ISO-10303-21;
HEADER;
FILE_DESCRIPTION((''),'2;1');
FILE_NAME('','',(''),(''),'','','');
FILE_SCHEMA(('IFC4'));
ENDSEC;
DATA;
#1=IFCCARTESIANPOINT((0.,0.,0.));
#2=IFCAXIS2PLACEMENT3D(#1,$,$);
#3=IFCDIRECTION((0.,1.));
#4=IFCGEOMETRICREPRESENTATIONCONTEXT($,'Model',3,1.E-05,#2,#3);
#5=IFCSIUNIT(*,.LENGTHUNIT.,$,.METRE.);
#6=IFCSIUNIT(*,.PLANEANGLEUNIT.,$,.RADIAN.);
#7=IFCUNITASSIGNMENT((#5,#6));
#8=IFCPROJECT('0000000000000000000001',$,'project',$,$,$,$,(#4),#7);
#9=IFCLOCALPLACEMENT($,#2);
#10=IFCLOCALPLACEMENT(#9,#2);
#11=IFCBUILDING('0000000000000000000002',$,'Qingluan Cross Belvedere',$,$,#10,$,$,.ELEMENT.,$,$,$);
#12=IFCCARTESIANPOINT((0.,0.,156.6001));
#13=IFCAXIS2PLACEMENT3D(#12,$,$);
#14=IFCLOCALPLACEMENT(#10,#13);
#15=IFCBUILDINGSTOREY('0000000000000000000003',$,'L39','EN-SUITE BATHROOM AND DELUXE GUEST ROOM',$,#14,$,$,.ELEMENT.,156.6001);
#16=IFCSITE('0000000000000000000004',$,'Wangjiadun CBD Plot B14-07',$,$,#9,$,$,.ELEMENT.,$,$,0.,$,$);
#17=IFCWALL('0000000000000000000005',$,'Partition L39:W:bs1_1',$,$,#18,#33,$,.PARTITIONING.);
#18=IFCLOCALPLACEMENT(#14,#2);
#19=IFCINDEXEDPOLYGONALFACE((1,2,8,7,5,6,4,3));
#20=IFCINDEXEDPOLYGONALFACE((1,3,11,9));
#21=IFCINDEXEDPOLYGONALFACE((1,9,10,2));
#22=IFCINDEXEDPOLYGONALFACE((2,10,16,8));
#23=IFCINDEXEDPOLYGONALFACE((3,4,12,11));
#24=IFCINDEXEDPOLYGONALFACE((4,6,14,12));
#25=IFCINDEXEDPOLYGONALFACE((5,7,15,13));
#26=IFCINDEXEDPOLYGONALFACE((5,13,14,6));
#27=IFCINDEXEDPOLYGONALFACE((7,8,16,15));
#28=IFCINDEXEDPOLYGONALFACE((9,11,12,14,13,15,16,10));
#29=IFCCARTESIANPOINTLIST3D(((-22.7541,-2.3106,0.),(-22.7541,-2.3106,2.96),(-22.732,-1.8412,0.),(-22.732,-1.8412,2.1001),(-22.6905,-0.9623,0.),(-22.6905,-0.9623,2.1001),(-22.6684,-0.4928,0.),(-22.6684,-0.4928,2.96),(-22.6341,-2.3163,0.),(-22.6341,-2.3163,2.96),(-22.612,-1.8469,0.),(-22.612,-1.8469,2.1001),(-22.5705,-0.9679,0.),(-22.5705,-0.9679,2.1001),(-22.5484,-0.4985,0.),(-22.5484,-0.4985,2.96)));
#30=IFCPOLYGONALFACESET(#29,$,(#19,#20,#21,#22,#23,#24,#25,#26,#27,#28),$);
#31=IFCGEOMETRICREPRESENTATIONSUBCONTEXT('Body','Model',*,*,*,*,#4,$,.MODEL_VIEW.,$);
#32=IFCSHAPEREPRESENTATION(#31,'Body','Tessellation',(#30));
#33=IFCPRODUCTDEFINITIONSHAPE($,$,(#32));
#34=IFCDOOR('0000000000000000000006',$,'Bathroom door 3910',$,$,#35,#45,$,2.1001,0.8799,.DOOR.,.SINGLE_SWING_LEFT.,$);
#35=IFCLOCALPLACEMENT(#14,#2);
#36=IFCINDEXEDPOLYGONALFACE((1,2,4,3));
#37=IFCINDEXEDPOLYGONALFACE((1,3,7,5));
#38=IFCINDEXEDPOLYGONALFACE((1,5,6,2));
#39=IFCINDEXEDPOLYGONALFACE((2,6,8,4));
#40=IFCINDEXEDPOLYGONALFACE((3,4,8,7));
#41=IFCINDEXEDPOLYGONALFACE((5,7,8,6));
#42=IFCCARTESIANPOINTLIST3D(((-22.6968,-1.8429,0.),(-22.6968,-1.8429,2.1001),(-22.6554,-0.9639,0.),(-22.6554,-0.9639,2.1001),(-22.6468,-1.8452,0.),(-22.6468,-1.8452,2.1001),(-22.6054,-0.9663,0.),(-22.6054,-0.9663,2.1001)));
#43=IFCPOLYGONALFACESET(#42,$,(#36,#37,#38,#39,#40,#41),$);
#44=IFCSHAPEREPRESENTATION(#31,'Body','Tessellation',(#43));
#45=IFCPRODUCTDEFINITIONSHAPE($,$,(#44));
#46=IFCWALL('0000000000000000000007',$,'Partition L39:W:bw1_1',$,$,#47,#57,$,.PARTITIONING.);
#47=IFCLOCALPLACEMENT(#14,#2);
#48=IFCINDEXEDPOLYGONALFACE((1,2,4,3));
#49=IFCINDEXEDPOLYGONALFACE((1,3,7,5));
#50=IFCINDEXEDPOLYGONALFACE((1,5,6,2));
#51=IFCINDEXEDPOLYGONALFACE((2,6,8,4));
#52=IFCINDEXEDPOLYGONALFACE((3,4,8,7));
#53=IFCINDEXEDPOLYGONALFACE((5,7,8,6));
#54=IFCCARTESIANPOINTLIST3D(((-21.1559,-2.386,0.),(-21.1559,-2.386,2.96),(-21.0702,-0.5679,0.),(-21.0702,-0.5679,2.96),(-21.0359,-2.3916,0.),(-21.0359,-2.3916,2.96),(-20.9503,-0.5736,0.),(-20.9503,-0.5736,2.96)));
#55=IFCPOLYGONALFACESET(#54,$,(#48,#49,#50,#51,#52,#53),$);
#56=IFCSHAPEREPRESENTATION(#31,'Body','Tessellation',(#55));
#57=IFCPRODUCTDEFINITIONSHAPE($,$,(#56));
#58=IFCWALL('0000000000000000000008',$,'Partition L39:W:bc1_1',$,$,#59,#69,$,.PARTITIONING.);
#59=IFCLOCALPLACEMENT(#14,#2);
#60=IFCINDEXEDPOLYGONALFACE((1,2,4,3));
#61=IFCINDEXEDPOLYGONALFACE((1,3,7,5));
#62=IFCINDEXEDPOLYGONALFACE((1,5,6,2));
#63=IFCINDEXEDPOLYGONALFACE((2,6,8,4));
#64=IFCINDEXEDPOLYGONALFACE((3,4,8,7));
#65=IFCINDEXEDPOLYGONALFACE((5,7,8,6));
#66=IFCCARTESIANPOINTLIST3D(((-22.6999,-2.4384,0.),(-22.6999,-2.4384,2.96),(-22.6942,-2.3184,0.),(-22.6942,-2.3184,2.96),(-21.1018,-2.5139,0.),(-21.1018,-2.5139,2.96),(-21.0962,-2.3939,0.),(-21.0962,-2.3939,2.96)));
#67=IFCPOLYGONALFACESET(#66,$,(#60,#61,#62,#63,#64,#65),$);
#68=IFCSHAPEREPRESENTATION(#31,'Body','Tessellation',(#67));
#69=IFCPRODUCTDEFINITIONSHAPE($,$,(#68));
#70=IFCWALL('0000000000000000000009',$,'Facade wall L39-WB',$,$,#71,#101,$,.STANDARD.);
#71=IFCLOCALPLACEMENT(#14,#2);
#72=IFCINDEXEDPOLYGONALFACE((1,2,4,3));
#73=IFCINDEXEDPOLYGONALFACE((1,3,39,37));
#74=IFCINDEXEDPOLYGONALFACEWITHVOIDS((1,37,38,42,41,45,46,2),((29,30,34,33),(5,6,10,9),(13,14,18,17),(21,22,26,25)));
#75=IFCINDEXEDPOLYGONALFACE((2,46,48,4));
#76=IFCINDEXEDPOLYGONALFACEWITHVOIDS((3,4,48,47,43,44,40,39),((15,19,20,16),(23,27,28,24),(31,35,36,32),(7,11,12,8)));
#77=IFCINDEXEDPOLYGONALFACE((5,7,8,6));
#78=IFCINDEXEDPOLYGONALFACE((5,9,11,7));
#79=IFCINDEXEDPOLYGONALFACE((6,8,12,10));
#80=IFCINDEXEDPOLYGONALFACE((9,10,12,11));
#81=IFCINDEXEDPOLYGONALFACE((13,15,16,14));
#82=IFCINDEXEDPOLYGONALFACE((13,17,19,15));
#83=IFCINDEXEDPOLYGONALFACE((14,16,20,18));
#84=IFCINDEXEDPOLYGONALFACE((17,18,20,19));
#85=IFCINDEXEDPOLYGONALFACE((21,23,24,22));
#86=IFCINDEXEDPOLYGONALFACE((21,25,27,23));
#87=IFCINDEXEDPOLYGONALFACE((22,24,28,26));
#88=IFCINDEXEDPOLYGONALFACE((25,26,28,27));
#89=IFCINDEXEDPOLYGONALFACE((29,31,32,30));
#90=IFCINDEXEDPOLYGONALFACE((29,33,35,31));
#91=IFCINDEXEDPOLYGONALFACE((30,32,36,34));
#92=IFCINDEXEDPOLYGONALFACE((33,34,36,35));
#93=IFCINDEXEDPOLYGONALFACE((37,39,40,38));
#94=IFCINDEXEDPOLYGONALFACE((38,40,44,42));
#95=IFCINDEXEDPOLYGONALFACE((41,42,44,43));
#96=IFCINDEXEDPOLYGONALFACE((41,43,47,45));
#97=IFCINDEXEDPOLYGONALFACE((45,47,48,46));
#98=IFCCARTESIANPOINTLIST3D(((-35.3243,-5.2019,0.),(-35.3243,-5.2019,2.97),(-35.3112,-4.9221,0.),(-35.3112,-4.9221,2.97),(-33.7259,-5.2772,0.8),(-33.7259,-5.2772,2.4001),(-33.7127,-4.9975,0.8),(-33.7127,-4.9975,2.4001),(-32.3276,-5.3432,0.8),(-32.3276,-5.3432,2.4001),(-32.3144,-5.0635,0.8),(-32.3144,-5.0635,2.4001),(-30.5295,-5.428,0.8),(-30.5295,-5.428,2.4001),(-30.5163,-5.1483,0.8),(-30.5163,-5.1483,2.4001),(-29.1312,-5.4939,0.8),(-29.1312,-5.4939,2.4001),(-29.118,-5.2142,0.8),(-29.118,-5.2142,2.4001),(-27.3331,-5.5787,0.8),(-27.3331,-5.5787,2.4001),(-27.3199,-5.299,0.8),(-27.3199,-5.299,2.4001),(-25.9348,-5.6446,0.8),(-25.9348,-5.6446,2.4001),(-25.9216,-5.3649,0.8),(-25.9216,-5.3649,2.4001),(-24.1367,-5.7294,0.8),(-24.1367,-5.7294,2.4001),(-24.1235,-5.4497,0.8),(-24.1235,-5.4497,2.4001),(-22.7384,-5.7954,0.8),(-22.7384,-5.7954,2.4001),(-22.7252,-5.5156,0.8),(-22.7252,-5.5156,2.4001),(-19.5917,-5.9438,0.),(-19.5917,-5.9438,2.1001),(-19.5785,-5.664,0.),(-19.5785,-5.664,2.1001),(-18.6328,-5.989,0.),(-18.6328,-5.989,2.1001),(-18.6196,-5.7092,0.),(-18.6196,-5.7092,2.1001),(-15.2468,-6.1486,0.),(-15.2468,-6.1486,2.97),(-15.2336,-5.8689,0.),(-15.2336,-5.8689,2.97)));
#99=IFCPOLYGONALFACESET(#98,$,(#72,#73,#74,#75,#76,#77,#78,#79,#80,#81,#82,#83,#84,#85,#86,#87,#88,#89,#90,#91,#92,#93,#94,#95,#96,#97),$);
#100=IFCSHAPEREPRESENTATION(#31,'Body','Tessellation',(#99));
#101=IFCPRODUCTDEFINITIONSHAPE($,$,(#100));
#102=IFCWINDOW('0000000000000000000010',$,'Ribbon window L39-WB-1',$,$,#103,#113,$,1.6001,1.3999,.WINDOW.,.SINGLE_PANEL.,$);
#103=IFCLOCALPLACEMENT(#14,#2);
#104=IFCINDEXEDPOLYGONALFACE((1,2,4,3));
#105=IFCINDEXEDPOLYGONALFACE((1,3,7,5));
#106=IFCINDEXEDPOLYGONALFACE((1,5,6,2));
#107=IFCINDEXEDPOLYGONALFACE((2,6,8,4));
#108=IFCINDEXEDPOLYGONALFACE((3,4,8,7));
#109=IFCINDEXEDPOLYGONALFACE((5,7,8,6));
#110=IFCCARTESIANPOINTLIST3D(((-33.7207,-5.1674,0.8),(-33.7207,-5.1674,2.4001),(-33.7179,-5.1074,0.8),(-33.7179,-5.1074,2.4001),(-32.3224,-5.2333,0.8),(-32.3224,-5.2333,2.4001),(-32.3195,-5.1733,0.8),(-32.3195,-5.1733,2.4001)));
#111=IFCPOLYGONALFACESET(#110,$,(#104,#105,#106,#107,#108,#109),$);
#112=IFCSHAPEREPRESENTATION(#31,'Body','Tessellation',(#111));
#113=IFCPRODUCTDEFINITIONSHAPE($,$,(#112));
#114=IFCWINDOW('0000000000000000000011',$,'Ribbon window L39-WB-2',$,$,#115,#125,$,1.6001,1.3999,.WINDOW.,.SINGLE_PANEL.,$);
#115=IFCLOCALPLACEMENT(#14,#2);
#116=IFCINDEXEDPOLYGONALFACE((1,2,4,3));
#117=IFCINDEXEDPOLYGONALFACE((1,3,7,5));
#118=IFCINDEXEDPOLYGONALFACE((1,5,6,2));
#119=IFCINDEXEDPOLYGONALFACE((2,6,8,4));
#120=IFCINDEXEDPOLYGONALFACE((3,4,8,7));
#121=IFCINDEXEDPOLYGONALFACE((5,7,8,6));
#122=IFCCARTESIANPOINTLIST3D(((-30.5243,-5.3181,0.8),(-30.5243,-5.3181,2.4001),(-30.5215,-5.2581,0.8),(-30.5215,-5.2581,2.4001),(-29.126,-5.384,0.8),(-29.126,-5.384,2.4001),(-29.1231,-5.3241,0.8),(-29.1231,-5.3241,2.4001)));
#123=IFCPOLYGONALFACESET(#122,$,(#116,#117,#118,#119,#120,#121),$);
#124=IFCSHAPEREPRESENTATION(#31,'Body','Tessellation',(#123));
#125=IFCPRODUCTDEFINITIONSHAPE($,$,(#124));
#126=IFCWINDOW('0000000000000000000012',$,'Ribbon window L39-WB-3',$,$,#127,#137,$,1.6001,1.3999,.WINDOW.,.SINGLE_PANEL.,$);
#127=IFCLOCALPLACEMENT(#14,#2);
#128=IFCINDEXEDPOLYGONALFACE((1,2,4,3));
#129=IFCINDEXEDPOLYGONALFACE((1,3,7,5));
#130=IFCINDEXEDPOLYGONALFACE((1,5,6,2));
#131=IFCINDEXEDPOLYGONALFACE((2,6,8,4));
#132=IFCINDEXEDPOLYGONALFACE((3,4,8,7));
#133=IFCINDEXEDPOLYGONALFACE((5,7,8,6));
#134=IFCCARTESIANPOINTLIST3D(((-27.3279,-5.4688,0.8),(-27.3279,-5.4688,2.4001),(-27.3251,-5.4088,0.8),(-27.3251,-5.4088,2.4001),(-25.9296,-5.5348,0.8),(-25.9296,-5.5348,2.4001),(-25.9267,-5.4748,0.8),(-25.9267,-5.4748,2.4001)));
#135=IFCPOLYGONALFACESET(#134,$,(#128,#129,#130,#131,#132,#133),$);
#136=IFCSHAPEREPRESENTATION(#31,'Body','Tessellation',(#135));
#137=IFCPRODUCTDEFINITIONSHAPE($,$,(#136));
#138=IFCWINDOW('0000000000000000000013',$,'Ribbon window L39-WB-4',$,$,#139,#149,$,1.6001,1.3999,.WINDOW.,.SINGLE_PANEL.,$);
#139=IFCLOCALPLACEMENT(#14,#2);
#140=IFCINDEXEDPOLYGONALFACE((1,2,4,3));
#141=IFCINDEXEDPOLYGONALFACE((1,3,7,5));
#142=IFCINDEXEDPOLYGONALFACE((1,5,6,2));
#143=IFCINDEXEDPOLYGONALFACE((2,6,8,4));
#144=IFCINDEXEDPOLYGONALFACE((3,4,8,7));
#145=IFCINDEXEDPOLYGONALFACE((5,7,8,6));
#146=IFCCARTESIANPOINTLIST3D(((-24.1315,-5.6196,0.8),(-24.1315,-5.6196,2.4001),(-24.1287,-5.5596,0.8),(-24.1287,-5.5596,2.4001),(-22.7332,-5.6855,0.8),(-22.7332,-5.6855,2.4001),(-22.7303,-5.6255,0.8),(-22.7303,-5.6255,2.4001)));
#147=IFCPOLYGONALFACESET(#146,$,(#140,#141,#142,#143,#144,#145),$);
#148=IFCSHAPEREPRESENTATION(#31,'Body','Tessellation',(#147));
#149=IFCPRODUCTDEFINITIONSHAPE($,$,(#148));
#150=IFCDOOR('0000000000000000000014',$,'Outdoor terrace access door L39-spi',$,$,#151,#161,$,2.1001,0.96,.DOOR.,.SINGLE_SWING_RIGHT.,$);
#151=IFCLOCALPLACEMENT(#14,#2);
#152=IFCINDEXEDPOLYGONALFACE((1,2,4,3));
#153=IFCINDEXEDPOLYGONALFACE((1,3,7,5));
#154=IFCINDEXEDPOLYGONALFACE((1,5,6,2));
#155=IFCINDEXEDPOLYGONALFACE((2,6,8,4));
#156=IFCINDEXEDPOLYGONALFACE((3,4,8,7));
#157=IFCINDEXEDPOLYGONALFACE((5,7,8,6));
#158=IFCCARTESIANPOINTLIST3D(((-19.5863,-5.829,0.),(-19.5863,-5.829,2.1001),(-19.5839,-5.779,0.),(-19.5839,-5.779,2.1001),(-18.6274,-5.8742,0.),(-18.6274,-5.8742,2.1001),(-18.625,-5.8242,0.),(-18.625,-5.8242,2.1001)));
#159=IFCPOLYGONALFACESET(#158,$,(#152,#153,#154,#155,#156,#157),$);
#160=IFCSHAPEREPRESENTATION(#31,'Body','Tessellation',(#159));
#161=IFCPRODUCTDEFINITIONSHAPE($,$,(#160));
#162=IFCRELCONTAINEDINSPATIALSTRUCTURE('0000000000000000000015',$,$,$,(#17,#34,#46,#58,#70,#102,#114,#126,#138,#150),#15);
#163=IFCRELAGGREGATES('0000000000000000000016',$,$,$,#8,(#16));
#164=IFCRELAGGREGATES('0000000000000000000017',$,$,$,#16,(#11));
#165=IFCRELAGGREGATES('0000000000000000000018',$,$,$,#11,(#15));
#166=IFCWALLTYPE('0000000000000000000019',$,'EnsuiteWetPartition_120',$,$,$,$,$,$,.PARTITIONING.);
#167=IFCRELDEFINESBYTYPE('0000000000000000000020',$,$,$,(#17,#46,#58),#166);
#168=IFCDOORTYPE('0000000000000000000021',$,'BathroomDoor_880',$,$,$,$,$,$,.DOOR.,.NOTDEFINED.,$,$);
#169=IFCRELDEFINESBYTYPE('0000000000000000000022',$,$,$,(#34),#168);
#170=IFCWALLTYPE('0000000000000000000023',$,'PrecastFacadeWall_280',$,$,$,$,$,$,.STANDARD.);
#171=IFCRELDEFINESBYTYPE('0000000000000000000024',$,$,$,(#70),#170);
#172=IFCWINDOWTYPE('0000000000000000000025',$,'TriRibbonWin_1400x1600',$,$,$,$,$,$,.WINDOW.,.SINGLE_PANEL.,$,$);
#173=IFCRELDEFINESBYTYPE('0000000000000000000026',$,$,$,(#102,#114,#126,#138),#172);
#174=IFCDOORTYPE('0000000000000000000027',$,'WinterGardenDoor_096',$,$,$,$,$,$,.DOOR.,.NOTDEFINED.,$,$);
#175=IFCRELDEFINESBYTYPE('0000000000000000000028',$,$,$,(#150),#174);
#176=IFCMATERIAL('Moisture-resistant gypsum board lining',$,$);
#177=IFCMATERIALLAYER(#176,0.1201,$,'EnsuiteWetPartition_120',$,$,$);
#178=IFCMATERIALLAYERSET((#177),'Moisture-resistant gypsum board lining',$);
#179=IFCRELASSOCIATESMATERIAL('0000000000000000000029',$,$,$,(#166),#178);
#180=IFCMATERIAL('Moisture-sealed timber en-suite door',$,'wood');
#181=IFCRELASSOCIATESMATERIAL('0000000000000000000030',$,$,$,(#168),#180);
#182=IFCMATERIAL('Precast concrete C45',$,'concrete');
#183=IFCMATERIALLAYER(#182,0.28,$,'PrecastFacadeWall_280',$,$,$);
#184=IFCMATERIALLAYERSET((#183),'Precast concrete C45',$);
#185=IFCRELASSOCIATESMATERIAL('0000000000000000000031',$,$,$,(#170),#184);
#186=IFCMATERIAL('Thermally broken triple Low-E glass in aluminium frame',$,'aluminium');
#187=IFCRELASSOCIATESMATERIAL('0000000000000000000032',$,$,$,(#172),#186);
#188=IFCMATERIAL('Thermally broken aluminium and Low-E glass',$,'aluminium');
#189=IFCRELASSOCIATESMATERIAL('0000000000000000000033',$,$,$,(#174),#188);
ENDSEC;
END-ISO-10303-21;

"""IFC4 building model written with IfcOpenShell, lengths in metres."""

from ifc_helpers import new_model, si_unit, direction, frame, frame_2d, origin, place, context, subcontext, project, spatial, rectangle, extrude, material, layer, layer_set, type_object, element, fill, save


model = new_model("IFC4")

# Units and contexts
model_context = context("Model", 3, precision=1e-05, world=origin(), true_north=direction((0.0, 1.0)))
body_context = subcontext(model_context, "Body", "Model", "MODEL_VIEW")
ifc_project = project(units=[si_unit("LENGTHUNIT", "METRE"), si_unit("PLANEANGLEUNIT", "RADIAN")], contexts=[model_context])

# Site, building, storey
site_placement = place(None, origin())
site = spatial("IfcSite", under=ifc_project, at=site_placement, Name="Wangjiadun CBD Plot B14-07", CompositionType="ELEMENT", RefElevation=0.0)
building_placement = place(site_placement, origin())
building = spatial("IfcBuilding", under=site, at=building_placement, Name="Qingluan Cross Belvedere", CompositionType="ELEMENT")
storey_placement = place(building_placement, frame((0.0, 0.0, 156.6001)))
storey = spatial("IfcBuildingStorey", under=building, at=storey_placement, Name="L39", Description="EN-SUITE BATHROOM AND DELUXE GUEST ROOM", CompositionType="ELEMENT", Elevation=156.6001)

# Shared definitions
ifc_material_1 = material(Name="Moisture-resistant gypsum board lining")
ifc_layer_1 = layer(ifc_material_1, 0.1201, Name="EnsuiteWetPartition_120")
ifc_layer_set_1 = layer_set([ifc_layer_1], Name="Moisture-resistant gypsum board lining")
wall_type_1 = type_object("IfcWallType", Name="EnsuiteWetPartition_120", PredefinedType="PARTITIONING", material=ifc_layer_set_1)
ifc_material_2 = material(Name="Moisture-sealed timber en-suite door", Category="wood")
door_type_1 = type_object("IfcDoorType", Name="BathroomDoor_880", OperationType="NOTDEFINED", PredefinedType="DOOR", material=ifc_material_2)

# Wall, opening, door
wall_1_placement = place(storey_placement, frame((-22.6941, -2.3135, 0.0), z_axis=(0.0, 0.0, 1.0), x_axis=(0.047087, 0.998891, 0.0)))
wall_1 = element("IfcWall", 1, at=wall_1_placement, inside=storey, type_object=wall_type_1, Name="Partition L39:W:bs1_1", PredefinedType="PARTITIONING", context=body_context, shape_type="SweptSolid", body=[
    extrude(rectangle(XDim=1.8198, YDim=0.1201, at=frame_2d((0.9099, 0.0))), origin(), (0.0, 0.0, 1.0), 2.96),
])
opening_1_placement = place(wall_1_placement, frame((0.47, 0.0, 0.0)))
opening_1 = element("IfcOpeningElement", 2, at=opening_1_placement, cuts=wall_1, PredefinedType="OPENING", context=body_context, shape_type="SweptSolid", body=[
    extrude(rectangle(XDim=0.8799, YDim=2.1001, at=frame_2d((0.4399, 1.05))), frame((0.0, 0.0701, 0.0), z_axis=(0.0, -1.0, 0.0), x_axis=(1.0, 0.0, 0.0)), (0.0, 0.0, 1.0), 0.1401),
])
door_1_placement = place(opening_1_placement, origin())
door_1 = element("IfcDoor", 3, at=door_1_placement, inside=storey, type_object=door_type_1, Name="Bathroom door 3910", OperationType="SINGLE_SWING_LEFT", OverallHeight=2.1001, OverallWidth=0.8799, PredefinedType="DOOR", context=body_context, shape_type="SweptSolid", body=[
    extrude(rectangle(XDim=0.8799, YDim=2.1001, at=frame_2d((0.4399, 1.05))), frame((0.0, 0.0249, 0.0), z_axis=(0.0, -1.0, 0.0), x_axis=(1.0, 0.0, 0.0)), (0.0, 0.0, 1.0), 0.05),
])
fill(opening_1, door_1)

# Walls
wall_2_placement = place(storey_placement, frame((-21.0959, -2.3889, 0.0), z_axis=(0.0, 0.0, 1.0), x_axis=(0.047081, 0.998891, 0.0)))
element("IfcWall", 4, at=wall_2_placement, inside=storey, type_object=wall_type_1, Name="Partition L39:W:bw1_1", PredefinedType="PARTITIONING", context=body_context, shape_type="SweptSolid", body=[
    extrude(rectangle(XDim=1.8201, YDim=0.1201, at=frame_2d((0.9102, 0.0))), origin(), (0.0, 0.0, 1.0), 2.96),
])
wall_3_placement = place(storey_placement, frame((-21.0991, -2.4539, 0.0), z_axis=(0.0, 0.0, 1.0), x_axis=(-0.998888, 0.047152, 0.0)))
element("IfcWall", 5, at=wall_3_placement, inside=storey, type_object=wall_type_1, Name="Partition L39:W:bc1_1", PredefinedType="PARTITIONING", context=body_context, shape_type="SweptSolid", body=[
    extrude(rectangle(XDim=1.5999, YDim=0.1201, at=frame_2d((0.7998, 0.0))), origin(), (0.0, 0.0, 1.0), 2.96),
])

# Wall, openings, windows, door
ifc_material_3 = material(Name="Precast concrete C45", Category="concrete")
ifc_layer_2 = layer(ifc_material_3, 0.28, Name="PrecastFacadeWall_280")
ifc_layer_set_2 = layer_set([ifc_layer_2], Name="Precast concrete C45")
wall_type_2 = type_object("IfcWallType", Name="PrecastFacadeWall_280", PredefinedType="STANDARD", material=ifc_layer_set_2)
wall_4_placement = place(storey_placement, frame((-35.3176, -5.062, 0.0), z_axis=(0.0, 0.0, 1.0), x_axis=(0.99889, -0.047103, 0.0)))
wall_4 = element("IfcWall", 6, at=wall_4_placement, inside=storey, type_object=wall_type_2, Name="Facade wall L39-WB", PredefinedType="STANDARD", context=body_context, shape_type="SweptSolid", body=[
    extrude(rectangle(XDim=20.0999, YDim=0.28, at=frame_2d((10.0498, 0.0))), origin(), (0.0, 0.0, 1.0), 2.97),
])
opening_2_placement = place(wall_4_placement, frame((1.6001, 0.0, 0.8)))
opening_2 = element("IfcOpeningElement", 7, at=opening_2_placement, cuts=wall_4, PredefinedType="OPENING", context=body_context, shape_type="SweptSolid", body=[
    extrude(rectangle(XDim=1.3999, YDim=1.6001, at=frame_2d((0.7, 0.8))), frame((0.0, 0.1499, 0.0), z_axis=(0.0, -1.0, 0.0), x_axis=(1.0, 0.0, 0.0)), (0.0, 0.0, 1.0), 0.3),
])
opening_3_placement = place(wall_4_placement, frame((4.8, 0.0, 0.8)))
opening_3 = element("IfcOpeningElement", 8, at=opening_3_placement, cuts=wall_4, PredefinedType="OPENING", context=body_context, shape_type="SweptSolid", body=[
    extrude(rectangle(XDim=1.3999, YDim=1.6001, at=frame_2d((0.7, 0.8))), frame((0.0, 0.1499, 0.0), z_axis=(0.0, -1.0, 0.0), x_axis=(1.0, 0.0, 0.0)), (0.0, 0.0, 1.0), 0.3),
])
opening_4_placement = place(wall_4_placement, frame((8.0, 0.0, 0.8)))
opening_4 = element("IfcOpeningElement", 9, at=opening_4_placement, cuts=wall_4, PredefinedType="OPENING", context=body_context, shape_type="SweptSolid", body=[
    extrude(rectangle(XDim=1.3999, YDim=1.6001, at=frame_2d((0.7, 0.8))), frame((0.0, 0.1499, 0.0), z_axis=(0.0, -1.0, 0.0), x_axis=(1.0, 0.0, 0.0)), (0.0, 0.0, 1.0), 0.3),
])
opening_5_placement = place(wall_4_placement, frame((11.2, 0.0, 0.8)))
opening_5 = element("IfcOpeningElement", 10, at=opening_5_placement, cuts=wall_4, PredefinedType="OPENING", context=body_context, shape_type="SweptSolid", body=[
    extrude(rectangle(XDim=1.3999, YDim=1.6001, at=frame_2d((0.7, 0.8))), frame((0.0, 0.1499, 0.0), z_axis=(0.0, -1.0, 0.0), x_axis=(1.0, 0.0, 0.0)), (0.0, 0.0, 1.0), 0.3),
])
opening_6_placement = place(wall_4_placement, frame((15.75, 0.0, 0.0)))
opening_6 = element("IfcOpeningElement", 11, at=opening_6_placement, cuts=wall_4, PredefinedType="OPENING", context=body_context, shape_type="SweptSolid", body=[
    extrude(rectangle(XDim=0.96, YDim=2.1001, at=frame_2d((0.48, 1.05))), frame((0.0, 0.1499, 0.0), z_axis=(0.0, -1.0, 0.0), x_axis=(1.0, 0.0, 0.0)), (0.0, 0.0, 1.0), 0.3),
])
ifc_material_4 = material(Name="Thermally broken triple Low-E glass in aluminium frame", Category="aluminium")
window_type = type_object("IfcWindowType", Name="TriRibbonWin_1400x1600", PartitioningType="SINGLE_PANEL", PredefinedType="WINDOW", material=ifc_material_4)
window_1_placement = place(opening_2_placement, origin())
window_1 = element("IfcWindow", 12, at=window_1_placement, inside=storey, type_object=window_type, Name="Ribbon window L39-WB-1", OverallHeight=1.6001, OverallWidth=1.3999, PartitioningType="SINGLE_PANEL", PredefinedType="WINDOW", context=body_context, shape_type="SweptSolid", body=[
    extrude(rectangle(XDim=1.3999, YDim=1.6001, at=frame_2d((0.7, 0.8))), frame((0.0, 0.03, 0.0), z_axis=(0.0, -1.0, 0.0), x_axis=(1.0, 0.0, 0.0)), (0.0, 0.0, 1.0), 0.0601),
])
fill(opening_2, window_1)
window_2_placement = place(opening_3_placement, origin())
window_2 = element("IfcWindow", 13, at=window_2_placement, inside=storey, type_object=window_type, Name="Ribbon window L39-WB-2", OverallHeight=1.6001, OverallWidth=1.3999, PartitioningType="SINGLE_PANEL", PredefinedType="WINDOW", context=body_context, shape_type="SweptSolid", body=[
    extrude(rectangle(XDim=1.3999, YDim=1.6001, at=frame_2d((0.7, 0.8))), frame((0.0, 0.03, 0.0), z_axis=(0.0, -1.0, 0.0), x_axis=(1.0, 0.0, 0.0)), (0.0, 0.0, 1.0), 0.0601),
])
fill(opening_3, window_2)
window_3_placement = place(opening_4_placement, origin())
window_3 = element("IfcWindow", 14, at=window_3_placement, inside=storey, type_object=window_type, Name="Ribbon window L39-WB-3", OverallHeight=1.6001, OverallWidth=1.3999, PartitioningType="SINGLE_PANEL", PredefinedType="WINDOW", context=body_context, shape_type="SweptSolid", body=[
    extrude(rectangle(XDim=1.3999, YDim=1.6001, at=frame_2d((0.7, 0.8))), frame((0.0, 0.03, 0.0), z_axis=(0.0, -1.0, 0.0), x_axis=(1.0, 0.0, 0.0)), (0.0, 0.0, 1.0), 0.0601),
])
fill(opening_4, window_3)
window_4_placement = place(opening_5_placement, origin())
window_4 = element("IfcWindow", 15, at=window_4_placement, inside=storey, type_object=window_type, Name="Ribbon window L39-WB-4", OverallHeight=1.6001, OverallWidth=1.3999, PartitioningType="SINGLE_PANEL", PredefinedType="WINDOW", context=body_context, shape_type="SweptSolid", body=[
    extrude(rectangle(XDim=1.3999, YDim=1.6001, at=frame_2d((0.7, 0.8))), frame((0.0, 0.03, 0.0), z_axis=(0.0, -1.0, 0.0), x_axis=(1.0, 0.0, 0.0)), (0.0, 0.0, 1.0), 0.0601),
])
fill(opening_5, window_4)
ifc_material_5 = material(Name="Thermally broken aluminium and Low-E glass", Category="aluminium")
door_type_2 = type_object("IfcDoorType", Name="WinterGardenDoor_096", OperationType="NOTDEFINED", PredefinedType="DOOR", material=ifc_material_5)
door_2_placement = place(opening_6_placement, origin())
door_2 = element("IfcDoor", 16, at=door_2_placement, inside=storey, type_object=door_type_2, Name="Outdoor terrace access door L39-spi", OperationType="SINGLE_SWING_RIGHT", OverallHeight=2.1001, OverallWidth=0.96, PredefinedType="DOOR", context=body_context, shape_type="SweptSolid", body=[
    extrude(rectangle(XDim=0.96, YDim=2.1001, at=frame_2d((0.48, 1.05))), frame((0.0, 0.0249, 0.0), z_axis=(0.0, -1.0, 0.0), x_axis=(1.0, 0.0, 0.0)), (0.0, 0.0, 1.0), 0.05),
])
fill(opening_6, door_2)

save(model, "model.ifc")
